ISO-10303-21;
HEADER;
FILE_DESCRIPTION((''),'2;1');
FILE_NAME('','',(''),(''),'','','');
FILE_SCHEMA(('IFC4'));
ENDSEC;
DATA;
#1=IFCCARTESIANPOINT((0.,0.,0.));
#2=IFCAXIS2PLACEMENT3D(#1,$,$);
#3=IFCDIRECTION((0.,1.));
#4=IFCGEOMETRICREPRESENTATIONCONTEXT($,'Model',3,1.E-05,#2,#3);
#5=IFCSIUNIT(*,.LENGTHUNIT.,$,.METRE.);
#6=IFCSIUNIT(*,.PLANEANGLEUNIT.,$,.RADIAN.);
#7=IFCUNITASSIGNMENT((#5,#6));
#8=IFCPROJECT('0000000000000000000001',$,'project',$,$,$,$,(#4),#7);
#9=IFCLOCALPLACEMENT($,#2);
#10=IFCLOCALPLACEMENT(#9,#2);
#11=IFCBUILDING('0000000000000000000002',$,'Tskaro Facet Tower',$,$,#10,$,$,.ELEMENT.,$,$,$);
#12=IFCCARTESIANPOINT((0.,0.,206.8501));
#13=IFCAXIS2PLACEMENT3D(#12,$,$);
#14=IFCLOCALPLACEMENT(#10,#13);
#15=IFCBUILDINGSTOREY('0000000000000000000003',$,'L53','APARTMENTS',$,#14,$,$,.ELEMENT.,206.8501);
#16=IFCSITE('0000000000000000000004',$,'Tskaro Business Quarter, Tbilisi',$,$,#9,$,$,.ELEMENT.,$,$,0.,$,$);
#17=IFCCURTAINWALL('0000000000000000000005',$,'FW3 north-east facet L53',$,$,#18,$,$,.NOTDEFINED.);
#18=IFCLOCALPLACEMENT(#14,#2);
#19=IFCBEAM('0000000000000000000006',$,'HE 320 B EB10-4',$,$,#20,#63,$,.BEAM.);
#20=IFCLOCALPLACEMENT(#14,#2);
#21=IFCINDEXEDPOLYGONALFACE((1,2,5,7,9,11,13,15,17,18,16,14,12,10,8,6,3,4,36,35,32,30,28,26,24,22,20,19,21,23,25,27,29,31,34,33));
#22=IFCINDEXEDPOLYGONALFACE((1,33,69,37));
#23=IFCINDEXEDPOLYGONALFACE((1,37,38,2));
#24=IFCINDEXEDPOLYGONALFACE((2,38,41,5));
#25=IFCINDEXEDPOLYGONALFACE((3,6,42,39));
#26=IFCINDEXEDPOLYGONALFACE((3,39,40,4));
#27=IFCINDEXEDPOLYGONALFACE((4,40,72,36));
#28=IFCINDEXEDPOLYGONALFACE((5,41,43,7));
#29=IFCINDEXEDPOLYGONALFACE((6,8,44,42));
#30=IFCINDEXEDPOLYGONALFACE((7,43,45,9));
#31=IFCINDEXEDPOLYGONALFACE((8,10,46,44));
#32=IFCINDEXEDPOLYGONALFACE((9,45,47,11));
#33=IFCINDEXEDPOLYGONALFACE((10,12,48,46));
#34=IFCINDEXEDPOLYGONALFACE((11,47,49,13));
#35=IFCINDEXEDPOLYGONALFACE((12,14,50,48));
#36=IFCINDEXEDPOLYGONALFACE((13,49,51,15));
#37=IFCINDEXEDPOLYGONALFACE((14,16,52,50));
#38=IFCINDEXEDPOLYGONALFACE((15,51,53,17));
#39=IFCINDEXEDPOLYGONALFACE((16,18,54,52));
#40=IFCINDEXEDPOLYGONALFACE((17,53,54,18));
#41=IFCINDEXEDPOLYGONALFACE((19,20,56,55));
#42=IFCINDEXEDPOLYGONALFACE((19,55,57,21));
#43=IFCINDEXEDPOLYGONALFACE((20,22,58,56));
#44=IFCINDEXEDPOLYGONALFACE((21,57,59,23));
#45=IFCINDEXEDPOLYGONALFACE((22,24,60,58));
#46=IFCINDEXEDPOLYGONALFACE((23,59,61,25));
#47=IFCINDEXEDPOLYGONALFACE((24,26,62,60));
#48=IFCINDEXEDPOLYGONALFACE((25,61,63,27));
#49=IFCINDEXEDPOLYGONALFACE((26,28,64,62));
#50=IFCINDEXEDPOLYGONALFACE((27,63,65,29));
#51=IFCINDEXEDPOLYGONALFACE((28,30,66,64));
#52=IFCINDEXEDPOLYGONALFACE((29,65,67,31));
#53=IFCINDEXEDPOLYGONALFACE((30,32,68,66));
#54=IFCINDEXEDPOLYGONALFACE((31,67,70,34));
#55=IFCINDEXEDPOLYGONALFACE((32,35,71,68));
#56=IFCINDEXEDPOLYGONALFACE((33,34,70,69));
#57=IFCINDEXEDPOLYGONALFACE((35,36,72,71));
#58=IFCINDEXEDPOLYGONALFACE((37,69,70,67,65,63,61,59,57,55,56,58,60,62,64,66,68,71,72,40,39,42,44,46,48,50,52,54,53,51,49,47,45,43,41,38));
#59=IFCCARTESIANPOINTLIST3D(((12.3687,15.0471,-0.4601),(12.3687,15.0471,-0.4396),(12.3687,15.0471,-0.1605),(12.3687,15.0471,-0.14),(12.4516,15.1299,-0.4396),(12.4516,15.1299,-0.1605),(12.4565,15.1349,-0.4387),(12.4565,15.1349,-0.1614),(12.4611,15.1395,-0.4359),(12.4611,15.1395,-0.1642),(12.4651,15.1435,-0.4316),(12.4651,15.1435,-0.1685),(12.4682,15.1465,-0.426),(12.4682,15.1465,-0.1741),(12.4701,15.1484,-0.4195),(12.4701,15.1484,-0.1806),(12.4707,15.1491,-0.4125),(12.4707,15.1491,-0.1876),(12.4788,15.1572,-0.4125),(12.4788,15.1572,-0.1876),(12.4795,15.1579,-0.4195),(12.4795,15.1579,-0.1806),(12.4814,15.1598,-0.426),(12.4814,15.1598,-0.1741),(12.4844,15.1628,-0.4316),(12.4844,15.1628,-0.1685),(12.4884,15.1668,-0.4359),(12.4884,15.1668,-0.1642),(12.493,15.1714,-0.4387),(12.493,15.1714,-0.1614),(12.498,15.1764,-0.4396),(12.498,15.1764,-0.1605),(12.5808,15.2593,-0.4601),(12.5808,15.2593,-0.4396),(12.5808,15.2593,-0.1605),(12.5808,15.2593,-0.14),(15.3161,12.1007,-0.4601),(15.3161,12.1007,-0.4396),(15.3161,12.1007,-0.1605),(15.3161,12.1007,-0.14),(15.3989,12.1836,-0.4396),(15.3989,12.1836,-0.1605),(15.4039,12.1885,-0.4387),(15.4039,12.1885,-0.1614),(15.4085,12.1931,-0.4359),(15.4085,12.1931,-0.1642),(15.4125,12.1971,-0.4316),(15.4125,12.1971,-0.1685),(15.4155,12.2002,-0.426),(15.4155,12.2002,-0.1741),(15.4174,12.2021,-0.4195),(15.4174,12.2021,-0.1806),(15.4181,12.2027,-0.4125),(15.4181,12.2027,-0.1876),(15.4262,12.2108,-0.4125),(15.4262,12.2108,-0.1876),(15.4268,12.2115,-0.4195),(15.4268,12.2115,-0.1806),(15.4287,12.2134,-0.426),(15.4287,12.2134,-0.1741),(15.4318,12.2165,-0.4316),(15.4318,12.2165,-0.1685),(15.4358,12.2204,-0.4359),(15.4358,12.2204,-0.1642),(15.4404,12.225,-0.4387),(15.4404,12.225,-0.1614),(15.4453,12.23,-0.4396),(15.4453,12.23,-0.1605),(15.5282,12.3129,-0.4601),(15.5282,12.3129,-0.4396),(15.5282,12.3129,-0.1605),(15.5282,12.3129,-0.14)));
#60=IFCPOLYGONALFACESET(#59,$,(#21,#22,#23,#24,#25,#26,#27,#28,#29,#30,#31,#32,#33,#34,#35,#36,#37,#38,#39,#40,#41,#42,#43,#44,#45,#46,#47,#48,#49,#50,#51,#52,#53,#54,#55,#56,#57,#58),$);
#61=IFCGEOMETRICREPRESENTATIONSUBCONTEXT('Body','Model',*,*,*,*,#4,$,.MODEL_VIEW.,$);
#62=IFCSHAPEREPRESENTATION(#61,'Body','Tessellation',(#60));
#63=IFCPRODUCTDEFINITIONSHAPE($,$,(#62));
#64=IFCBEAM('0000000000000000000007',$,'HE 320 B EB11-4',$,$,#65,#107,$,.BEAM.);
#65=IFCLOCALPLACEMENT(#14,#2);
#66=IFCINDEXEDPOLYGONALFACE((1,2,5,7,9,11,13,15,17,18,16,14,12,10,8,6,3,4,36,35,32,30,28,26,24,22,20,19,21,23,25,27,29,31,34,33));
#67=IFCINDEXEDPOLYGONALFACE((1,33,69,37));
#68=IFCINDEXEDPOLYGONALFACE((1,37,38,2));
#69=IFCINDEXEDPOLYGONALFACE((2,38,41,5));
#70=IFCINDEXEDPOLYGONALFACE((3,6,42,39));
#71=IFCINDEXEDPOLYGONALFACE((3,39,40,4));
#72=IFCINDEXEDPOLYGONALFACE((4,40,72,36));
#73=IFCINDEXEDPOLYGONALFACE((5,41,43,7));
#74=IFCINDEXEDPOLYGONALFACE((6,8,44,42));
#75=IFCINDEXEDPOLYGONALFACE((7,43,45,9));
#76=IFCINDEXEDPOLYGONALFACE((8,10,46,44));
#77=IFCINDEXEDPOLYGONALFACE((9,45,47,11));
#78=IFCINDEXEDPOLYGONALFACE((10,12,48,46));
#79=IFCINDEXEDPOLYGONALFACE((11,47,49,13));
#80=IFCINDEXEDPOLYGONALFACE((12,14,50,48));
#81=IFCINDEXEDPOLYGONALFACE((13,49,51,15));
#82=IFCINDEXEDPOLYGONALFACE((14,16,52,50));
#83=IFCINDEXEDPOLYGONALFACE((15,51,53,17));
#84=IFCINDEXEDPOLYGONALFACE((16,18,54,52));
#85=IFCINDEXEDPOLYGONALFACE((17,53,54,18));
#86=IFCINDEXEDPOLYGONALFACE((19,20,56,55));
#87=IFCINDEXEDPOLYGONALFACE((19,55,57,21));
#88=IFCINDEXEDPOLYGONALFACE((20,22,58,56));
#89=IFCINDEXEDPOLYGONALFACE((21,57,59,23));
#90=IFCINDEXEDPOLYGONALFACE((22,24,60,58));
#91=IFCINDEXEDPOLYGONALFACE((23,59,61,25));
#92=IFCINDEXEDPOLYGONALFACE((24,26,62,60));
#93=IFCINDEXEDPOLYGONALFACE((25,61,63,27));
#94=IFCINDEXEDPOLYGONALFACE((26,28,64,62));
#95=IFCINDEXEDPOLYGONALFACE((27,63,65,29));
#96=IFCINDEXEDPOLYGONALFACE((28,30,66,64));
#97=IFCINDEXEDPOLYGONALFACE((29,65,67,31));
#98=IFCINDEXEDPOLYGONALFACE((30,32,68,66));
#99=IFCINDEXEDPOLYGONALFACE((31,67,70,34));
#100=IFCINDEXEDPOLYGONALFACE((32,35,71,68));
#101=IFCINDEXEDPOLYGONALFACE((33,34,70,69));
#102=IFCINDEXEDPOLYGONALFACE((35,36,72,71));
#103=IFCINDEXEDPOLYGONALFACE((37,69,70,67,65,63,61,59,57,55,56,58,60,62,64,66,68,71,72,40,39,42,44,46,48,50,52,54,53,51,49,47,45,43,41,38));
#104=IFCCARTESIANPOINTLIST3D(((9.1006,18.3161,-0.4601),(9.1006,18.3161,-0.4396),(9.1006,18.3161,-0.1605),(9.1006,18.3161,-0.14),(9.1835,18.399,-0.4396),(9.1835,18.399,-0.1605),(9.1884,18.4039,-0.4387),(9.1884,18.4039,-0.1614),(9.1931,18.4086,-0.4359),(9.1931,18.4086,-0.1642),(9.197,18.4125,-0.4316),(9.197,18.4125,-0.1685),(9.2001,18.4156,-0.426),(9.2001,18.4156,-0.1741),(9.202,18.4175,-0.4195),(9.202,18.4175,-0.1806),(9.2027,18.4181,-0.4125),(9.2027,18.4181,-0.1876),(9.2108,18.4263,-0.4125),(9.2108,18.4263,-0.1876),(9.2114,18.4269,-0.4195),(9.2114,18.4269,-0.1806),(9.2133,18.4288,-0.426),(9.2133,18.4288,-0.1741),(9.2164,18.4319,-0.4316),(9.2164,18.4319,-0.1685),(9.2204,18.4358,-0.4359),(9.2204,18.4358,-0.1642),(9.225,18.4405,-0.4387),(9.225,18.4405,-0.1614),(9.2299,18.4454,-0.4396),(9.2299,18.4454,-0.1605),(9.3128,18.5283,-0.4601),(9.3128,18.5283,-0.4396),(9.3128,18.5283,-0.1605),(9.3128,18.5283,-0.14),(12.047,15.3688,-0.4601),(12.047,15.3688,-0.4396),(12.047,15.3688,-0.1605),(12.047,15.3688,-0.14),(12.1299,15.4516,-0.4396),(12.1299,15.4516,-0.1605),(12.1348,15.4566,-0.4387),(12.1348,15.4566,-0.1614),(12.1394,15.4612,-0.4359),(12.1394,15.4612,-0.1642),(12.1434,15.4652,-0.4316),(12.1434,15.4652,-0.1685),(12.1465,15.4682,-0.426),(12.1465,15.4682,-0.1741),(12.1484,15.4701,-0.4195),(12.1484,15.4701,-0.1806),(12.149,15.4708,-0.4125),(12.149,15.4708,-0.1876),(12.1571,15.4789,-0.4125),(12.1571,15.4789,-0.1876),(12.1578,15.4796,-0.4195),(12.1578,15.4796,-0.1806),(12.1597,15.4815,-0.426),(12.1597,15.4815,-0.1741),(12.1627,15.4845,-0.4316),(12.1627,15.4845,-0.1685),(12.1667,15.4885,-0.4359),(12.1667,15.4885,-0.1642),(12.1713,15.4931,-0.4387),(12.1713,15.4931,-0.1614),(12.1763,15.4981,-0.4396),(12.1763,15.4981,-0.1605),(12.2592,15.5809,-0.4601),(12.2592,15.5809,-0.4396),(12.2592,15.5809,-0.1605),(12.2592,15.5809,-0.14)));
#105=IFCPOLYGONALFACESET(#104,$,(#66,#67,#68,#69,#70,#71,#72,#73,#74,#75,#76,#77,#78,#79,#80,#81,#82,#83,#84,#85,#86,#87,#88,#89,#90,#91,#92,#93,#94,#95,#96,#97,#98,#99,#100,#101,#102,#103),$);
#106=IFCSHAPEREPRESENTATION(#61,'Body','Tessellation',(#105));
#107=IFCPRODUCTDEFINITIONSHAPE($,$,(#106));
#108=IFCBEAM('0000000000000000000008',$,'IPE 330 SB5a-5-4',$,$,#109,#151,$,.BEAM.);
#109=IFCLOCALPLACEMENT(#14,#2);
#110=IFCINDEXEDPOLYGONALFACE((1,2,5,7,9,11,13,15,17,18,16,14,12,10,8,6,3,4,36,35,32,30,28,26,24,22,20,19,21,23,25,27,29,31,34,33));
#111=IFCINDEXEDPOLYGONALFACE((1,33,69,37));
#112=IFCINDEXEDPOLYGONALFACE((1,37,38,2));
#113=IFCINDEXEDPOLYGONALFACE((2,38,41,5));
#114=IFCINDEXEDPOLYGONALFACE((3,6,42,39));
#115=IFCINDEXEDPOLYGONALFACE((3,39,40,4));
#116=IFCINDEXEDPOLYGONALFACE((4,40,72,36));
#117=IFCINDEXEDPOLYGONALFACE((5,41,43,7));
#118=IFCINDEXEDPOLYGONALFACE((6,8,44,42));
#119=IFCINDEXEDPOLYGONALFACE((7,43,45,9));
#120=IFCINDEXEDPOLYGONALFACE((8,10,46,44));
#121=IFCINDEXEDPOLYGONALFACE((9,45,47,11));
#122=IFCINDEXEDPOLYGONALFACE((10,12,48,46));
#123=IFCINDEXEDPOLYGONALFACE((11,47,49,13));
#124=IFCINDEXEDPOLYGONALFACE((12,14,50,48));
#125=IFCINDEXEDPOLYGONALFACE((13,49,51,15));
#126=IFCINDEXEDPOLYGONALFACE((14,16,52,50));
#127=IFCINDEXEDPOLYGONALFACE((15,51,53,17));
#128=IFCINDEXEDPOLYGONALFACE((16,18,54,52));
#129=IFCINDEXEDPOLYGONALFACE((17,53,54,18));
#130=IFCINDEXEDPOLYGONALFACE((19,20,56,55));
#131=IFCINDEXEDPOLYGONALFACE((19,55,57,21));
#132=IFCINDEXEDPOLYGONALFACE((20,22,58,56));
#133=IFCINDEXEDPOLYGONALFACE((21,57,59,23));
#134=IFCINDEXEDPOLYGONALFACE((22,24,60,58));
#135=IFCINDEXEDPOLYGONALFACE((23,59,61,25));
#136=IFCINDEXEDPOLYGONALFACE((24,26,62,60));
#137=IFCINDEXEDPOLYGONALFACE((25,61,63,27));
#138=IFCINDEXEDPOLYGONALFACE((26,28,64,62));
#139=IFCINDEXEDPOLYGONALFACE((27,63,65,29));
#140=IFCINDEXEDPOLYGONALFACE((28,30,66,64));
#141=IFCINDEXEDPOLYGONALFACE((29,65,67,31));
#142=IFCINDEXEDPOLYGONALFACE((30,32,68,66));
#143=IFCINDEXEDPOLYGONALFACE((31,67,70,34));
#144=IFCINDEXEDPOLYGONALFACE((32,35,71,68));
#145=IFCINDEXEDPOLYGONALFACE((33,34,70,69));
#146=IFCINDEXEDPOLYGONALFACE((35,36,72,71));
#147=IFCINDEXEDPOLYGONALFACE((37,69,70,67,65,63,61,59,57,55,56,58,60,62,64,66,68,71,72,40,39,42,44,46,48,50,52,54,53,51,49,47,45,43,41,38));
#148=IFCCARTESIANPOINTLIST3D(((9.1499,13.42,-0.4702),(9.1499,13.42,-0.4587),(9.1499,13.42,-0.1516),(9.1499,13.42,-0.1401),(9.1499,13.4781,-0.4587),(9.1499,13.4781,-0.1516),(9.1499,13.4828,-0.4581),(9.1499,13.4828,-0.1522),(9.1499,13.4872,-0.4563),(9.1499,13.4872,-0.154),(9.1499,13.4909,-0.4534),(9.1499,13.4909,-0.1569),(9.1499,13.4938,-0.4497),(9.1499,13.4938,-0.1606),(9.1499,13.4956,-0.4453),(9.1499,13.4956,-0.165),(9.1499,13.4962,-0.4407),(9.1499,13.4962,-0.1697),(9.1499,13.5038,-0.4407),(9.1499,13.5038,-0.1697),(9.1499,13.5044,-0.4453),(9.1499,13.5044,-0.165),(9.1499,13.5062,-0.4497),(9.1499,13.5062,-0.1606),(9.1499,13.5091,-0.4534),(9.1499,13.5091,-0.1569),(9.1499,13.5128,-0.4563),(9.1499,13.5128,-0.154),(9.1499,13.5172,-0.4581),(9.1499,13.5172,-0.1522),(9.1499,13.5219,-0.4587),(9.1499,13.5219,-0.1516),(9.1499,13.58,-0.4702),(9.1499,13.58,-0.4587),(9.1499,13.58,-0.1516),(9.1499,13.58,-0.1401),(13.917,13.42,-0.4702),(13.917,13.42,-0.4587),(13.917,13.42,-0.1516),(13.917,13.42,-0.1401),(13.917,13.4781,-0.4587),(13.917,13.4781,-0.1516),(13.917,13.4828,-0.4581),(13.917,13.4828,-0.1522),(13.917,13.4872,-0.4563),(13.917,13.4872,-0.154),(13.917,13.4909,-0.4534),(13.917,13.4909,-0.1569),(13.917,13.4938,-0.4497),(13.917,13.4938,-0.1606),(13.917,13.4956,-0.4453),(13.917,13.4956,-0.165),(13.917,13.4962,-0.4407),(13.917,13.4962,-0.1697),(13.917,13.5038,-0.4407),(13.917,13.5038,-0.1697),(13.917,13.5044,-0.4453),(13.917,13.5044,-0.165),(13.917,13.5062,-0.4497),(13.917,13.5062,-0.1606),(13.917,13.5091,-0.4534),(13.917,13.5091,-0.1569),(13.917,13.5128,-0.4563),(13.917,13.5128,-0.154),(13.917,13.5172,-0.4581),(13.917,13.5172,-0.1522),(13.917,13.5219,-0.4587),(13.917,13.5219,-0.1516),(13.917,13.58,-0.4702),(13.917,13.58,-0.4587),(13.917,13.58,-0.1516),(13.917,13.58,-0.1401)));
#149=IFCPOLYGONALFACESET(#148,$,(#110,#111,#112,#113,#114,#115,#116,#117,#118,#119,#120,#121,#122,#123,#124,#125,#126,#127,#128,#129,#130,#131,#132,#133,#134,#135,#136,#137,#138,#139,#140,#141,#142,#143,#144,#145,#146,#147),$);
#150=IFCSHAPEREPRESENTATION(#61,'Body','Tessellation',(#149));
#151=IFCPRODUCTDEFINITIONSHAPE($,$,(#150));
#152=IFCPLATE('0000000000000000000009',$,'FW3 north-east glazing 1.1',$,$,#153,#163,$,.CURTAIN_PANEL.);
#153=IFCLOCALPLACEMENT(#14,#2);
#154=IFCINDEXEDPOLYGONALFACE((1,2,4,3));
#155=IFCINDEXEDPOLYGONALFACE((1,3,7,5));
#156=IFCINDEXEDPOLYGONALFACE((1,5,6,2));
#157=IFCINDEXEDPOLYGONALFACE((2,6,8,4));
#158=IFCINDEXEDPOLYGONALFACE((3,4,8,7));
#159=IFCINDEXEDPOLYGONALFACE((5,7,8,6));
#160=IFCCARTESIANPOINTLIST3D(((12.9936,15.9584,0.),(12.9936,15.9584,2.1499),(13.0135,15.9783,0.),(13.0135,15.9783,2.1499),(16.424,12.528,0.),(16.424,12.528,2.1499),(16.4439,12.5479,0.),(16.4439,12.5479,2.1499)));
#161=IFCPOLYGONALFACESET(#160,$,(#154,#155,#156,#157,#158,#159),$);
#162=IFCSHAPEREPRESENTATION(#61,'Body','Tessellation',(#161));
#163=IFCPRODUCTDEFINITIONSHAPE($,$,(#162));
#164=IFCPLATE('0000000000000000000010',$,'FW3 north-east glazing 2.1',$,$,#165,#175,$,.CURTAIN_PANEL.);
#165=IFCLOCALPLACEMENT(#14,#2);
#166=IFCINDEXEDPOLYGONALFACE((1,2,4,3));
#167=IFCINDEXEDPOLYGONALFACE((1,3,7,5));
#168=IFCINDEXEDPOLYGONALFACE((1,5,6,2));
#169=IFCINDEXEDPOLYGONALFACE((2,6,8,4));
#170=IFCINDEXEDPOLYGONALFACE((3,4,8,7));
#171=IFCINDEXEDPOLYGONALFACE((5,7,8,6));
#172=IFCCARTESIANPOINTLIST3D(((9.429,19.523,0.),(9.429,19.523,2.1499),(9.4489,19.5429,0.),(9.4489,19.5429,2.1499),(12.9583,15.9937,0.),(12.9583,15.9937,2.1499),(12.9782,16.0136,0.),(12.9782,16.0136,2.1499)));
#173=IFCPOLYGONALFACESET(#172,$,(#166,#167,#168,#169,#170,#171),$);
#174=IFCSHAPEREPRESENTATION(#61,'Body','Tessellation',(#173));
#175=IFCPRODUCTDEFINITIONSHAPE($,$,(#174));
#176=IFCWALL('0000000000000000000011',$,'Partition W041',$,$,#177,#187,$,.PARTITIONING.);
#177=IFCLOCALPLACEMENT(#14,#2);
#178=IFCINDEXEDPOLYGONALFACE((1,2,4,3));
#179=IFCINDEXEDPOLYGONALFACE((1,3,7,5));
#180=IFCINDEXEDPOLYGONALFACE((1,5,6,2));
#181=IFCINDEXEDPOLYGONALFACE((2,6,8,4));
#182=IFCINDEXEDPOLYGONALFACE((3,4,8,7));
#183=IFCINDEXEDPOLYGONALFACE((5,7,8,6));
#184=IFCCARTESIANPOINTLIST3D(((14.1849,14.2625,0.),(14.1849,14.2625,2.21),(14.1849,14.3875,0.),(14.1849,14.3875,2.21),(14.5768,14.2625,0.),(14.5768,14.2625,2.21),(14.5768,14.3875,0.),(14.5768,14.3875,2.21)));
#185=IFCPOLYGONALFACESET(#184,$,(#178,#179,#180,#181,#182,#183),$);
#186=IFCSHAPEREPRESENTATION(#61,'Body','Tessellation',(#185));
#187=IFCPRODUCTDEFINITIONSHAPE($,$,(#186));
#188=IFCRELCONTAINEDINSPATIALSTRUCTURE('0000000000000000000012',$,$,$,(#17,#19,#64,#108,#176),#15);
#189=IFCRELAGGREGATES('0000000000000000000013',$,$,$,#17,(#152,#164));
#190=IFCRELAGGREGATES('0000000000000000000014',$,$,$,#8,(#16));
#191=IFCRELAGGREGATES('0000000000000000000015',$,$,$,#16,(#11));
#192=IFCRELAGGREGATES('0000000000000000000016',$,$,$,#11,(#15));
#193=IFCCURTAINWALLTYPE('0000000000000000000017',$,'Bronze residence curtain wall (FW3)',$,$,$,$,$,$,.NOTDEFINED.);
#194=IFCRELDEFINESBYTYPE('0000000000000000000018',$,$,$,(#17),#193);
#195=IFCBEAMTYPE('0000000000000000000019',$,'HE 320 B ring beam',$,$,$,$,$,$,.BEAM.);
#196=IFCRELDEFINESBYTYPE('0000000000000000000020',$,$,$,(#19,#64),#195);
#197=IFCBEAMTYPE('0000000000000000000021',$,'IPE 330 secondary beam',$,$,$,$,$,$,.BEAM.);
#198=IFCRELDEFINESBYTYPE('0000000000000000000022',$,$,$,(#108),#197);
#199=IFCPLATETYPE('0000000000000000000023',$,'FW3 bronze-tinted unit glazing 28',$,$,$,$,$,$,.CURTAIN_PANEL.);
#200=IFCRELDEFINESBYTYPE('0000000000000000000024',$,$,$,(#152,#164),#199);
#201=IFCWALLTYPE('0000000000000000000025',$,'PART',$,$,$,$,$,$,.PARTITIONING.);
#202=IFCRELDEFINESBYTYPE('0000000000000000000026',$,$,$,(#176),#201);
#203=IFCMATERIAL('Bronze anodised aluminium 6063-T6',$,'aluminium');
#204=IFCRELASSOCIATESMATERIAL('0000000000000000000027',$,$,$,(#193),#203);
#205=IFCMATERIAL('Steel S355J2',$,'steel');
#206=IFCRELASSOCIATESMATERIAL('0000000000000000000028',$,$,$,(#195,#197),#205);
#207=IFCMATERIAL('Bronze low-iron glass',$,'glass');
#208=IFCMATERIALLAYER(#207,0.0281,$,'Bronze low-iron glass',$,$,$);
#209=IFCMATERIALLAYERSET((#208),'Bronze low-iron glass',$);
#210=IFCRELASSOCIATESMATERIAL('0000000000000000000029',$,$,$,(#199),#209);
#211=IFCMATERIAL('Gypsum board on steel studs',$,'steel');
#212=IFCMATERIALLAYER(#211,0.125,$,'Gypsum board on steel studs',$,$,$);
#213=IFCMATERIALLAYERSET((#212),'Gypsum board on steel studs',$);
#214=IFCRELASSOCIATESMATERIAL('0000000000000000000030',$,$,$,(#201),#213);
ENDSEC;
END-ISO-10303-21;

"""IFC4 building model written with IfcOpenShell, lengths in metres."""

from ifc_helpers import new_model, si_unit, direction, frame, frame_2d, origin, origin_2d, place, context, subcontext, project, spatial, rectangle, i_section, extrude, material, layer, layer_set, material_profile, profile_set, type_object, element, aggregate, save


model = new_model("IFC4")

# Units and contexts
model_context = context("Model", 3, precision=1e-05, world=origin(), true_north=direction((0.0, 1.0)))
body_context = subcontext(model_context, "Body", "Model", "MODEL_VIEW")
ifc_project = project(units=[si_unit("LENGTHUNIT", "METRE"), si_unit("PLANEANGLEUNIT", "RADIAN")], contexts=[model_context])

# Site, building, storey
site_placement = place(None, origin())
site = spatial("IfcSite", under=ifc_project, at=site_placement, Name="Tskaro Business Quarter, Tbilisi", CompositionType="ELEMENT", RefElevation=0.0)
building_placement = place(site_placement, origin())
building = spatial("IfcBuilding", under=site, at=building_placement, Name="Tskaro Facet Tower", CompositionType="ELEMENT")
storey_placement = place(building_placement, frame((0.0, 0.0, 206.8501)))
storey = spatial("IfcBuildingStorey", under=building, at=storey_placement, Name="L53", Description="APARTMENTS", CompositionType="ELEMENT", Elevation=206.8501)

# Curtain wall
ifc_material_1 = material(Name="Bronze anodised aluminium 6063-T6", Category="aluminium")
curtain_wall_type = type_object("IfcCurtainWallType", Name="Bronze residence curtain wall (FW3)", PredefinedType="NOTDEFINED", material=ifc_material_1)
curtain_wall_1_placement = place(storey_placement, origin())
curtain_wall_1 = element("IfcCurtainWall", 1, at=curtain_wall_1_placement, inside=storey, type_object=curtain_wall_type, Name="FW3 north-east facet L53", PredefinedType="NOTDEFINED")

# Beams
ifc_material_2 = material(Name="Steel S355J2", Category="steel")
ifc_material_profile_1 = material_profile(ifc_material_2, i_section(OverallWidth=0.3, OverallDepth=0.3201, WebThickness=0.0115, FlangeThickness=0.0205, FilletRadius=0.0271, at=origin_2d()), Name="HE 320 B")
ifc_profile_set_1 = profile_set([ifc_material_profile_1], Name="Steel S355J2")
beam_type_1 = type_object("IfcBeamType", Name="HE 320 B ring beam", PredefinedType="BEAM", material=ifc_profile_set_1)
for number, where, z_axis, x_axis, name in (
    (2, (15.4221, 12.2068, -0.3), (-0.707224, 0.70699, 0.0), (-0.70699, -0.707224, 0.0), "HE 320 B EB10-4"),
    (3, (12.1531, 15.4749, -0.3), (-0.70699, 0.707224, 0.0), (-0.707224, -0.70699, 0.0), "HE 320 B EB11-4"),
):
    element("IfcBeam", number, at=place(storey_placement, frame(where, z_axis=z_axis, x_axis=x_axis)), inside=storey, type_object=beam_type_1, Name=name, PredefinedType="BEAM", context=body_context, shape_type="SweptSolid", body=[
        extrude(i_section(OverallWidth=0.3, OverallDepth=0.3201, WebThickness=0.0115, FlangeThickness=0.0205, FilletRadius=0.0271, at=origin_2d()), origin(), (0.0, 0.0, 1.0), 4.1675),
    ])
ifc_material_profile_2 = material_profile(ifc_material_2, i_section(OverallWidth=0.1599, OverallDepth=0.3301, WebThickness=0.0076, FlangeThickness=0.0115, FilletRadius=0.0181, at=origin_2d()), Name="IPE 330")
ifc_profile_set_2 = profile_set([ifc_material_profile_2], Name="Steel S355J2")
beam_type_2 = type_object("IfcBeamType", Name="IPE 330 secondary beam", PredefinedType="BEAM", material=ifc_profile_set_2)
beam_placement = place(storey_placement, frame((9.1499, 13.5, -0.3052), z_axis=(1.0, 0.0, 0.0), x_axis=(0.0, 1.0, 0.0)))
element("IfcBeam", 4, at=beam_placement, inside=storey, type_object=beam_type_2, Name="IPE 330 SB5a-5-4", PredefinedType="BEAM", context=body_context, shape_type="SweptSolid", body=[
    extrude(i_section(OverallWidth=0.1599, OverallDepth=0.3301, WebThickness=0.0076, FlangeThickness=0.0115, FilletRadius=0.0181, at=origin_2d()), origin(), (0.0, 0.0, 1.0), 4.7671),
])

# Plates
ifc_material_3 = material(Name="Bronze low-iron glass", Category="glass")
ifc_layer_1 = layer(ifc_material_3, 0.0281, Name="Bronze low-iron glass")
ifc_layer_set_1 = layer_set([ifc_layer_1], Name="Bronze low-iron glass")
plate_type = type_object("IfcPlateType", Name="FW3 bronze-tinted unit glazing 28", PredefinedType="CURTAIN_PANEL", material=ifc_layer_set_1)
plate_1_placement = place(storey_placement, frame((14.7188, 14.2532, 0.0), z_axis=(0.0, 0.0, 1.0), x_axis=(-0.707107, 0.707107, 0.0)))
plate_1 = element("IfcPlate", 5, at=plate_1_placement, type_object=plate_type, Name="FW3 north-east glazing 1.1", PredefinedType="CURTAIN_PANEL", context=body_context, shape_type="SweptSolid", body=[
    extrude(rectangle(XDim=4.8513, YDim=0.0281, at=origin_2d()), origin(), (0.0, 0.0, 1.0), 2.1499),
])
plate_2_placement = place(storey_placement, frame((11.2036, 17.7683, 0.0), z_axis=(0.0, 0.0, 1.0), x_axis=(-0.707107, 0.707107, 0.0)))
plate_2 = element("IfcPlate", 6, at=plate_2_placement, type_object=plate_type, Name="FW3 north-east glazing 2.1", PredefinedType="CURTAIN_PANEL", context=body_context, shape_type="SweptSolid", body=[
    extrude(rectangle(XDim=4.9912, YDim=0.0281, at=origin_2d()), origin(), (0.0, 0.0, 1.0), 2.1499),
])
aggregate(curtain_wall_1, [plate_1, plate_2])

# Wall
ifc_material_4 = material(Name="Gypsum board on steel studs", Category="steel")
ifc_layer_2 = layer(ifc_material_4, 0.125, Name="Gypsum board on steel studs")
ifc_layer_set_2 = layer_set([ifc_layer_2], Name="Gypsum board on steel studs")
wall_type_1 = type_object("IfcWallType", Name="PART", PredefinedType="PARTITIONING", material=ifc_layer_set_2)
wall_1_placement = place(storey_placement, frame((14.1851, 14.325, 0.0), z_axis=(0.0, 0.0, 1.0), x_axis=(1.0, 0.0, 0.0)))
element("IfcWall", 7, at=wall_1_placement, inside=storey, type_object=wall_type_1, Name="Partition W041", PredefinedType="PARTITIONING", context=body_context, shape_type="SweptSolid", body=[
    extrude(rectangle(XDim=0.3918, YDim=0.125, at=frame_2d((0.1958, 0.0))), origin(), (0.0, 0.0, 1.0), 2.21),
])

save(model, "model.ifc")
